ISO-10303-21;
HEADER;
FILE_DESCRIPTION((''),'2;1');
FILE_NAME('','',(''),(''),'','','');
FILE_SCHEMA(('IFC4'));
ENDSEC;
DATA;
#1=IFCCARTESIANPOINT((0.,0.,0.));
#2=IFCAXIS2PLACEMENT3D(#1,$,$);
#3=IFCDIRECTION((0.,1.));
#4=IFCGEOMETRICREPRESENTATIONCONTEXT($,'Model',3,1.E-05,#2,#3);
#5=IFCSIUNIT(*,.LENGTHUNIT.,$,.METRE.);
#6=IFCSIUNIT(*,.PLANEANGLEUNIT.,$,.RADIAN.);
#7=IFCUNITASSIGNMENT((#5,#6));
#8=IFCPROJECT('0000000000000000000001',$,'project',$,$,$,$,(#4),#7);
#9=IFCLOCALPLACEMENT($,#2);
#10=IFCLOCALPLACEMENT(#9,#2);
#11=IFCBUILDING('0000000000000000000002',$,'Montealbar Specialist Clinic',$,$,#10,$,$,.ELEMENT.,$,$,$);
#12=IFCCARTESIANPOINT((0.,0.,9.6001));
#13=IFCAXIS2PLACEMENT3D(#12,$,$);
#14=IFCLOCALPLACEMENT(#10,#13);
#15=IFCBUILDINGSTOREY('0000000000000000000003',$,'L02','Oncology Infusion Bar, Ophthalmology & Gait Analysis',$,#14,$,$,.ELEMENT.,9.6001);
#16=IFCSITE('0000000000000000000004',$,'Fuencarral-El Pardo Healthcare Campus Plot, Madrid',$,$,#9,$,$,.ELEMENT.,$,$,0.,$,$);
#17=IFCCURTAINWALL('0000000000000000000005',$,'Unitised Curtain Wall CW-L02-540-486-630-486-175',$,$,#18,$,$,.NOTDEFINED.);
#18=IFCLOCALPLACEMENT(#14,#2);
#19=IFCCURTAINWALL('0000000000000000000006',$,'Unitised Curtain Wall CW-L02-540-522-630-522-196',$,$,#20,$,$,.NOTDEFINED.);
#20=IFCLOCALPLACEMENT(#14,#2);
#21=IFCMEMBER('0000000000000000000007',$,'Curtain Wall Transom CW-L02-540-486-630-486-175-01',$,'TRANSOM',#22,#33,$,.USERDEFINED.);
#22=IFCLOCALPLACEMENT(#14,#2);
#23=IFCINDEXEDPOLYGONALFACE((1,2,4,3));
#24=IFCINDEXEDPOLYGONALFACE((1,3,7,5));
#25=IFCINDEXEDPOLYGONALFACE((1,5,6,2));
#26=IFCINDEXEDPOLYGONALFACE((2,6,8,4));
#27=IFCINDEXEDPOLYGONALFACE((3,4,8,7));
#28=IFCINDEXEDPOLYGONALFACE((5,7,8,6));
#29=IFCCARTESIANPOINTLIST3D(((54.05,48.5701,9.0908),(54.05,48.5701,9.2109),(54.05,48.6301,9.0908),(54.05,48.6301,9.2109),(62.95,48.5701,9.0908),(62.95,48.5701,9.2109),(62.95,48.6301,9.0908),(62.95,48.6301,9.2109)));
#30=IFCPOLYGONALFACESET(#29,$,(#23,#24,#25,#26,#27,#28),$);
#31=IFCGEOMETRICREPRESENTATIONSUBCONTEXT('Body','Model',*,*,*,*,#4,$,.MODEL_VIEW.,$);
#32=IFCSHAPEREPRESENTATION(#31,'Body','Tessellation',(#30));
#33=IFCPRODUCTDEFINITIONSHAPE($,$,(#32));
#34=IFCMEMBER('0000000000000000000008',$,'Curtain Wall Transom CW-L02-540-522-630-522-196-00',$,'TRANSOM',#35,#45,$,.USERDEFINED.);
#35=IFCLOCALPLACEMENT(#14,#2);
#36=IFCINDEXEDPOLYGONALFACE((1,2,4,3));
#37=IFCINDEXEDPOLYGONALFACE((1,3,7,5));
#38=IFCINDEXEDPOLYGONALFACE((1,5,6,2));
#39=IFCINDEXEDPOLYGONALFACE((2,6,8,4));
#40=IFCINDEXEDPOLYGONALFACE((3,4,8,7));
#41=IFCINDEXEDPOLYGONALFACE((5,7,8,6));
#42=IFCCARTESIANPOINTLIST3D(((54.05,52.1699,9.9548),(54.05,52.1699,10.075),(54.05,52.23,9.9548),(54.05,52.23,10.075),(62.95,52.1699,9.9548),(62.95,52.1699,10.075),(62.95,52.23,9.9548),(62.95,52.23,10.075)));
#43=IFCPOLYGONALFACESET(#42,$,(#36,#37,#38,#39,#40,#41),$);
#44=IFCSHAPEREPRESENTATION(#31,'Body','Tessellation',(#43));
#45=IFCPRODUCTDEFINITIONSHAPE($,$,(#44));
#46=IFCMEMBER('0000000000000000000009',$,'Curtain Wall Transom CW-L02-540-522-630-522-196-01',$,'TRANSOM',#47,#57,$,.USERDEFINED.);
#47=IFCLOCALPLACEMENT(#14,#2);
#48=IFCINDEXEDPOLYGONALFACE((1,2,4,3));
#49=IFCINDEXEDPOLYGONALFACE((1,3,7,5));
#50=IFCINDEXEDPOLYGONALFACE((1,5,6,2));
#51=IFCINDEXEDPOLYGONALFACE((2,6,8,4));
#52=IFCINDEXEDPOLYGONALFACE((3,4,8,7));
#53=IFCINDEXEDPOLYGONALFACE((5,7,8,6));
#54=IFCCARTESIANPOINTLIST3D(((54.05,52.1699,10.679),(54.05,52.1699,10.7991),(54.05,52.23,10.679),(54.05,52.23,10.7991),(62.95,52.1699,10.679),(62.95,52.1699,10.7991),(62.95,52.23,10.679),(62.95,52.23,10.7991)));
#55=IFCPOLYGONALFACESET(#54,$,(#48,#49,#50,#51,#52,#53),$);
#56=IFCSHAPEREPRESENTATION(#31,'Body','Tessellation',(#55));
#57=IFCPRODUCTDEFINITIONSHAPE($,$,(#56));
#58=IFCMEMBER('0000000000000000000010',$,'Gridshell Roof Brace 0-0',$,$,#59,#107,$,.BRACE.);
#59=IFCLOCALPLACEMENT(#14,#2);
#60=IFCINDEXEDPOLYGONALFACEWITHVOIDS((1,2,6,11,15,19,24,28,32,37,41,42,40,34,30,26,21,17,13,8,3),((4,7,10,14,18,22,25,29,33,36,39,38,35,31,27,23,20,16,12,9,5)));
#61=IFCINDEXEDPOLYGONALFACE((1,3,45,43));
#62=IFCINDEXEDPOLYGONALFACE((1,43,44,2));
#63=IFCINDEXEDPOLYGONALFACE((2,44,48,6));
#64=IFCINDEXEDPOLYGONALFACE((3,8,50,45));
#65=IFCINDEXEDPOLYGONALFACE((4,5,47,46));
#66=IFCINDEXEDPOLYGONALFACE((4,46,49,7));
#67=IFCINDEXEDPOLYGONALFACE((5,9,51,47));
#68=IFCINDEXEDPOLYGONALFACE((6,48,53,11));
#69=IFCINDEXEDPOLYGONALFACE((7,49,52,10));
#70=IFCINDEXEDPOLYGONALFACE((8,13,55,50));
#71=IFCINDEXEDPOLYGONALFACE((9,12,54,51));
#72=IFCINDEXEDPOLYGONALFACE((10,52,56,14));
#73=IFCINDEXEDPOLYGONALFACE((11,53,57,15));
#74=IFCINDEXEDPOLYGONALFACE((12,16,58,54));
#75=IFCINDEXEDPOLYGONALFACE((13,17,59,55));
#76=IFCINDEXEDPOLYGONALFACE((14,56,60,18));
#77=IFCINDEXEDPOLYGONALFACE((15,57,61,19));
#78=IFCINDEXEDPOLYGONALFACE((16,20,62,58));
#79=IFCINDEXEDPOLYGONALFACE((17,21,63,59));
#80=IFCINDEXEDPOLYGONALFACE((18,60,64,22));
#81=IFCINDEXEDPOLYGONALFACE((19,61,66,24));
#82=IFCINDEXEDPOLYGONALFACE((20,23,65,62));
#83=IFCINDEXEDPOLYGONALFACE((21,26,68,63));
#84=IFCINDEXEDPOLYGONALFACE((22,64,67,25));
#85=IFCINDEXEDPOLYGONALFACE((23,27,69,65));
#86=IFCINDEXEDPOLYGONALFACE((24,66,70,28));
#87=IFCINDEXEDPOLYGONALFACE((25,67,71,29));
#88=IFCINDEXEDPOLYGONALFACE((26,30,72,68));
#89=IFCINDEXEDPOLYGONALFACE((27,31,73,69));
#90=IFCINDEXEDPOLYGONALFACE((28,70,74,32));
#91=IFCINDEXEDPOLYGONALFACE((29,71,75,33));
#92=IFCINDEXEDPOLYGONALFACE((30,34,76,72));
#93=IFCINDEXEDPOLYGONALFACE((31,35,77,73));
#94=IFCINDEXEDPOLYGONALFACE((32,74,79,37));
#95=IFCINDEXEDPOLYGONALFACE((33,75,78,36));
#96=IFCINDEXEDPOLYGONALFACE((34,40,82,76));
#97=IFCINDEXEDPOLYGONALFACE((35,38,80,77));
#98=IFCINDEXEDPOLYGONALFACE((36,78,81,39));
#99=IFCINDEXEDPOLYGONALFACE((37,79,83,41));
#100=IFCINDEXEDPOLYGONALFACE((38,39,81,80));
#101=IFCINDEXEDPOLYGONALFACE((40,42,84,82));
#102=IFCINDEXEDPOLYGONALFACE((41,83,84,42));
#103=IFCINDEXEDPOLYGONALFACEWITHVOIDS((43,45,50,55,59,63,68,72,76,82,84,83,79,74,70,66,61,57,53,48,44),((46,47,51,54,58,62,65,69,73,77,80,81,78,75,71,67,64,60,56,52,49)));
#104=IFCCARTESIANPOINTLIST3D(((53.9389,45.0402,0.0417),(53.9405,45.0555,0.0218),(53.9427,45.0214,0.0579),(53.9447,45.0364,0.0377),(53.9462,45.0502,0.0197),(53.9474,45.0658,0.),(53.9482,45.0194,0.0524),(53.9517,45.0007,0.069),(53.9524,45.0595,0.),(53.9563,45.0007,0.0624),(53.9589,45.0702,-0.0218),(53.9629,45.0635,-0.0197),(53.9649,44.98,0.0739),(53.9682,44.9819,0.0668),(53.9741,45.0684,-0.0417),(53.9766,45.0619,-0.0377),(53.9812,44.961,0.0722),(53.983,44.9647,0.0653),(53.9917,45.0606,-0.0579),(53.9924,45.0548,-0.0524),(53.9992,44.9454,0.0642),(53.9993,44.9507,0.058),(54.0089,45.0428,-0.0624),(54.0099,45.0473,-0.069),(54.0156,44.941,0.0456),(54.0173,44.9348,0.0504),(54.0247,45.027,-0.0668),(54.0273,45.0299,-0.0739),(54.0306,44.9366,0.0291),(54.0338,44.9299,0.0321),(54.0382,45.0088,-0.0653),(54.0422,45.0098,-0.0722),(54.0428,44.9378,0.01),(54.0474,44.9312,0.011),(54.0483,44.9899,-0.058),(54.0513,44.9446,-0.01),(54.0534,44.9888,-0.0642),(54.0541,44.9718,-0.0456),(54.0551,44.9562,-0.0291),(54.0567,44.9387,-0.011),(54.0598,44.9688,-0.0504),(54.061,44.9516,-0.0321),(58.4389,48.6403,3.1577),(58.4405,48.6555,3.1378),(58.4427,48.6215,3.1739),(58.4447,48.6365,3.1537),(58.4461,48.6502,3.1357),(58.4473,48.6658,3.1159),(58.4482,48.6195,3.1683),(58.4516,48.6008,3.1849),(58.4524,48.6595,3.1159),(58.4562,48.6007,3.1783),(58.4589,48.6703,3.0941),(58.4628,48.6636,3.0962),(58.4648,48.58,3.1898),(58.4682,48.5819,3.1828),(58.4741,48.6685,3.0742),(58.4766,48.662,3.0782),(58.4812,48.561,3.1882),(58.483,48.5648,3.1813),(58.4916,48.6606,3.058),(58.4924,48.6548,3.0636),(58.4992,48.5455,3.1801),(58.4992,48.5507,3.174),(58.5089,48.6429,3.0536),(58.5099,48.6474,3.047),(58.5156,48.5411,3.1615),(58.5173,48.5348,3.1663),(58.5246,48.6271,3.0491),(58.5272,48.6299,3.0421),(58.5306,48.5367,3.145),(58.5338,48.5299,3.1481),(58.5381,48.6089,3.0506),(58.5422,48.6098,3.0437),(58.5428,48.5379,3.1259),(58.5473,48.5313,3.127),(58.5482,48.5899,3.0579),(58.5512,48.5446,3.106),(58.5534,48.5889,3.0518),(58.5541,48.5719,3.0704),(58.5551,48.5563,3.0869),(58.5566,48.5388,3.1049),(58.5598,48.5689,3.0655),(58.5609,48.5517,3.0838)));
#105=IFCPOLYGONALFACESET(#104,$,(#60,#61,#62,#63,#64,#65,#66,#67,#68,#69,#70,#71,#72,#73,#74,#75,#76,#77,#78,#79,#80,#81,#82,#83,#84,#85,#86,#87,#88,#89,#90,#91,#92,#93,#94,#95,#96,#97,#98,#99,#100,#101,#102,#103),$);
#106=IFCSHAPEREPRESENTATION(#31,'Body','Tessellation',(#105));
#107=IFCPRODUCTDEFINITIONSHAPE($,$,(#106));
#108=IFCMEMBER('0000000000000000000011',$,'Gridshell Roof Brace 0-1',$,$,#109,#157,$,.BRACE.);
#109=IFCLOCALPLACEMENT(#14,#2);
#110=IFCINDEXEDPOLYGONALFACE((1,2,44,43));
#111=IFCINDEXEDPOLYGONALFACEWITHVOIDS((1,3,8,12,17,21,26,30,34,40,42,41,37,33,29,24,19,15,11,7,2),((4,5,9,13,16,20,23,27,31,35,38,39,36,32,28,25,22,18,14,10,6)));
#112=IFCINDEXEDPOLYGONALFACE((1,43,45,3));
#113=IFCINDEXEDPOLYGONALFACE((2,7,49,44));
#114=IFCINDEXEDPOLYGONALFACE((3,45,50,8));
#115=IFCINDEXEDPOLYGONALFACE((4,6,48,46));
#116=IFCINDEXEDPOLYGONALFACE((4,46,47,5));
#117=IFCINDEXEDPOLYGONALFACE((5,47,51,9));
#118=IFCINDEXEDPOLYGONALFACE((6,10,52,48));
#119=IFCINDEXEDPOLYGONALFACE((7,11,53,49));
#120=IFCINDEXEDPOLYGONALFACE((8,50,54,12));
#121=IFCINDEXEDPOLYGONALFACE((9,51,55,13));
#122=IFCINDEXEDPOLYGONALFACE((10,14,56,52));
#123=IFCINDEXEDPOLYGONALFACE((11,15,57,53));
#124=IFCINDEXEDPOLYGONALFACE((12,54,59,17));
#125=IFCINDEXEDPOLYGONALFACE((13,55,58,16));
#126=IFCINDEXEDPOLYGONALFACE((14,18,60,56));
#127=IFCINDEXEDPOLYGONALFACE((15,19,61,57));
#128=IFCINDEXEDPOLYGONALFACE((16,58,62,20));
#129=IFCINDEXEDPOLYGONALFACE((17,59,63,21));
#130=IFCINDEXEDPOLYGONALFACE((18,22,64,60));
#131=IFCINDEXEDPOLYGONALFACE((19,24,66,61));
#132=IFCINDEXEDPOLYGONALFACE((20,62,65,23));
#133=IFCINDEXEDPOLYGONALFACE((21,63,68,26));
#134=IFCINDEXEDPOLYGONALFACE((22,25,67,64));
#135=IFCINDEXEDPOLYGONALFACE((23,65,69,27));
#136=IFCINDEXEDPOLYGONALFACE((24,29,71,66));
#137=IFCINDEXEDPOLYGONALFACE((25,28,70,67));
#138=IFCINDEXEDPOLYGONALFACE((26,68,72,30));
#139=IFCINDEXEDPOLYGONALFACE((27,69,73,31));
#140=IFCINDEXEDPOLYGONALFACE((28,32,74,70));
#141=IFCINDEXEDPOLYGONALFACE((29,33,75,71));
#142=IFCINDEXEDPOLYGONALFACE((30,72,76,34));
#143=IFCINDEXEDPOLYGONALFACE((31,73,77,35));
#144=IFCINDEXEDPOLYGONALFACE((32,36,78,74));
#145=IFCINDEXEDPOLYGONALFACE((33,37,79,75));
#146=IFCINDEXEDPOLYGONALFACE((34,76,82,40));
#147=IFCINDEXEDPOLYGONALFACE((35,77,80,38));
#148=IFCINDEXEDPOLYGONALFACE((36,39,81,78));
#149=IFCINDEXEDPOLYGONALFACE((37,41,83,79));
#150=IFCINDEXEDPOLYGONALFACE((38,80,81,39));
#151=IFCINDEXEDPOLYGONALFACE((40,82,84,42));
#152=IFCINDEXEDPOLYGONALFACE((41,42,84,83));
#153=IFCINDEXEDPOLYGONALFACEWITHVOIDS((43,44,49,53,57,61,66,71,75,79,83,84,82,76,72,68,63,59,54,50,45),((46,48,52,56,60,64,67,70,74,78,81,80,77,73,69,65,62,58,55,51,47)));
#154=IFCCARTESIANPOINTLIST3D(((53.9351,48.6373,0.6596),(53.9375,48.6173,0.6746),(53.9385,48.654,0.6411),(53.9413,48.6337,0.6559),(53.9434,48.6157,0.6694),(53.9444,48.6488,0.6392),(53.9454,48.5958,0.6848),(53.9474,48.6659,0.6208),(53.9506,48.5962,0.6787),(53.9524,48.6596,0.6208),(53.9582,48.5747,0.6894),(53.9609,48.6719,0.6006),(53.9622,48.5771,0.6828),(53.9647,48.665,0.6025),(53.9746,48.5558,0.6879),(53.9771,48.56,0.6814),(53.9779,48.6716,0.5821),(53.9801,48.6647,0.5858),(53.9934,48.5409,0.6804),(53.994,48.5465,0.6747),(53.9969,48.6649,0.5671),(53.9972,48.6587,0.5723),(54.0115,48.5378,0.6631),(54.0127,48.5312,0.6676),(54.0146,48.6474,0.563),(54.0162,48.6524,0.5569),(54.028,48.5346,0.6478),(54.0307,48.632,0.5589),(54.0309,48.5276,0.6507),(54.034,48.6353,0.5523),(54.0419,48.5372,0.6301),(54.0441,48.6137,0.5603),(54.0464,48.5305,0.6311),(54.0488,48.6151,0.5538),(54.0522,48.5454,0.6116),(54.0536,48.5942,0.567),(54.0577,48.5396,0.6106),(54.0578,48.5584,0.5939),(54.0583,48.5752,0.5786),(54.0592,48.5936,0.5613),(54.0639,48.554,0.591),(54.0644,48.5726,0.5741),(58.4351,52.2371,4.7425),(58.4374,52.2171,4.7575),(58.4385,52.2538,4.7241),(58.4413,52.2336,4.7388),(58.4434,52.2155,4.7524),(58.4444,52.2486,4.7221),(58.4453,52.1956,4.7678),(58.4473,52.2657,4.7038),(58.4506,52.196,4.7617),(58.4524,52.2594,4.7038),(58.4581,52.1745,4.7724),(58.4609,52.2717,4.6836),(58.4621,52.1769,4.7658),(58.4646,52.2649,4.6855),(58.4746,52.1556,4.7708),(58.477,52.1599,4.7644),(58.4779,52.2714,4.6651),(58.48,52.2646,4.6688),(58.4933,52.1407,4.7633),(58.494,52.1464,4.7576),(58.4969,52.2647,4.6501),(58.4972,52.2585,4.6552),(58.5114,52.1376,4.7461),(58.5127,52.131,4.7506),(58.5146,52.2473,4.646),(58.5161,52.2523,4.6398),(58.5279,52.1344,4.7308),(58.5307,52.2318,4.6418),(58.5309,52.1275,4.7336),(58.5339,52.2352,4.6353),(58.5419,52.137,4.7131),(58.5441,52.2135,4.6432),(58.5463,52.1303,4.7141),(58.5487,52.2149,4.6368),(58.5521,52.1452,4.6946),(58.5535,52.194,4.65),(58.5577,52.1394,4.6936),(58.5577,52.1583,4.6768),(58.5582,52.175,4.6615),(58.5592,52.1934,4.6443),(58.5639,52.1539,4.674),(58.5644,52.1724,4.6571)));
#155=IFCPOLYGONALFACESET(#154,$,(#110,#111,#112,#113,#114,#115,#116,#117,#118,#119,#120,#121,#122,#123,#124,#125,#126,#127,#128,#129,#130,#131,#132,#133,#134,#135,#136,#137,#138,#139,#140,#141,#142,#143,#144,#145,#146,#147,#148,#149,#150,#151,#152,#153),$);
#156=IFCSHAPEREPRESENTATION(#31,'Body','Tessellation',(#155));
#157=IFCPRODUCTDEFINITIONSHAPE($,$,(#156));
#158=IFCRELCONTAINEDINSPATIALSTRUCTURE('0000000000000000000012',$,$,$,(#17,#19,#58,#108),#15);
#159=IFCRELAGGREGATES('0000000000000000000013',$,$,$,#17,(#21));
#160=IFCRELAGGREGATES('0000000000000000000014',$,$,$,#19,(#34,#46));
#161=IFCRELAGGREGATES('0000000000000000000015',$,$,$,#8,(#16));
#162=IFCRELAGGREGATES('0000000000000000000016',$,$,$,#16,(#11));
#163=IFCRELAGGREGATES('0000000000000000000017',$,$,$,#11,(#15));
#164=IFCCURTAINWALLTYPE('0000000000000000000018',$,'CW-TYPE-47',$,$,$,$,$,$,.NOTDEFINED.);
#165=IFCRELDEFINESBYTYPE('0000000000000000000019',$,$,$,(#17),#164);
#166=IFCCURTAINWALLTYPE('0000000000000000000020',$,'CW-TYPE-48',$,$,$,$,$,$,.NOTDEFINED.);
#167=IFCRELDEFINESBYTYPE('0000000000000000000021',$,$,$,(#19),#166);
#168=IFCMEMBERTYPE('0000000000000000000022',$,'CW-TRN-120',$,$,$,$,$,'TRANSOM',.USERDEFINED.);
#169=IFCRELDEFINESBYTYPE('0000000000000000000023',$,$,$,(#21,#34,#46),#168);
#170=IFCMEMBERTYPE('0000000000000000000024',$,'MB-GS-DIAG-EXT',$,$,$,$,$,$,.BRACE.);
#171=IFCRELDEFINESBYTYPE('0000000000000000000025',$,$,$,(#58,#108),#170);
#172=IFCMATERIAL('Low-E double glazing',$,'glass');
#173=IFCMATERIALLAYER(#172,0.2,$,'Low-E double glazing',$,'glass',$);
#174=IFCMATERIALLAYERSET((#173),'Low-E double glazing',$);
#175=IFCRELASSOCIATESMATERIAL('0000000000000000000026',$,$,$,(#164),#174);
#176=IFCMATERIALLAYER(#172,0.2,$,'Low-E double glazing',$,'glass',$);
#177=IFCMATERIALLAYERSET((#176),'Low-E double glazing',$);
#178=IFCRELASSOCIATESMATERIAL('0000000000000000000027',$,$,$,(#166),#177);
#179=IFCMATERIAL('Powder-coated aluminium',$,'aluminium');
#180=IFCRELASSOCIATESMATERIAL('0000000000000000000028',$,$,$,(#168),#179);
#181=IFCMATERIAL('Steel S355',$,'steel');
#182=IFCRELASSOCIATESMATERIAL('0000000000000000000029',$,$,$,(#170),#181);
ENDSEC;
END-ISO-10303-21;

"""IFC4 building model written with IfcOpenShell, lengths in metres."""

from ifc_helpers import new_model, si_unit, direction, frame, origin, origin_2d, place, context, subcontext, project, spatial, rectangle, hollow_circle, extrude, material, layer, layer_set, material_profile, profile_set, type_object, element, aggregate, save


model = new_model("IFC4")

# Units and contexts
model_context = context("Model", 3, precision=1e-05, world=origin(), true_north=direction((0.0, 1.0)))
body_context = subcontext(model_context, "Body", "Model", "MODEL_VIEW")
ifc_project = project(units=[si_unit("LENGTHUNIT", "METRE"), si_unit("PLANEANGLEUNIT", "RADIAN")], contexts=[model_context])

# Site, building, storey
site_placement = place(None, origin())
site = spatial("IfcSite", under=ifc_project, at=site_placement, Name="Fuencarral-El Pardo Healthcare Campus Plot, Madrid", CompositionType="ELEMENT", RefElevation=0.0)
building_placement = place(site_placement, origin())
building = spatial("IfcBuilding", under=site, at=building_placement, Name="Montealbar Specialist Clinic", CompositionType="ELEMENT")
storey_placement = place(building_placement, frame((0.0, 0.0, 9.6001)))
storey = spatial("IfcBuildingStorey", under=building, at=storey_placement, Name="L02", Description="Oncology Infusion Bar, Ophthalmology & Gait Analysis", CompositionType="ELEMENT", Elevation=9.6001)

# Shared definitions
ifc_material_1 = material(Name="Steel S355", Category="steel")

# Curtain walls
ifc_material_2 = material(Name="Low-E double glazing", Category="glass")
ifc_layer_1 = layer(ifc_material_2, 0.2, Name="Low-E double glazing", Category="glass")
ifc_layer_set_1 = layer_set([ifc_layer_1], Name="Low-E double glazing")
curtain_wall_type_1 = type_object("IfcCurtainWallType", Name="CW-TYPE-47", PredefinedType="NOTDEFINED", material=ifc_layer_set_1)
curtain_wall_1_placement = place(storey_placement, origin())
curtain_wall_1 = element("IfcCurtainWall", 1, at=curtain_wall_1_placement, inside=storey, type_object=curtain_wall_type_1, Name="Unitised Curtain Wall CW-L02-540-486-630-486-175", PredefinedType="NOTDEFINED")
ifc_layer_2 = layer(ifc_material_2, 0.2, Name="Low-E double glazing", Category="glass")
ifc_layer_set_2 = layer_set([ifc_layer_2], Name="Low-E double glazing")
curtain_wall_type_2 = type_object("IfcCurtainWallType", Name="CW-TYPE-48", PredefinedType="NOTDEFINED", material=ifc_layer_set_2)
curtain_wall_2_placement = place(storey_placement, origin())
curtain_wall_2 = element("IfcCurtainWall", 2, at=curtain_wall_2_placement, inside=storey, type_object=curtain_wall_type_2, Name="Unitised Curtain Wall CW-L02-540-522-630-522-196", PredefinedType="NOTDEFINED")

# Members
ifc_material_3 = material(Name="Powder-coated aluminium", Category="aluminium")
ifc_material_profile_1 = material_profile(ifc_material_3, rectangle(XDim=0.0601, YDim=0.1201, at=origin_2d()), Name="ALU 60x120", Category="aluminium")
ifc_profile_set_1 = profile_set([ifc_material_profile_1], Name="Powder-coated aluminium")
member_type_1 = type_object("IfcMemberType", Name="CW-TRN-120", ElementType="TRANSOM", PredefinedType="USERDEFINED", material=ifc_profile_set_1)
member_1_placement = place(storey_placement, frame((54.05, 48.6001, 9.1509), z_axis=(1.0, 0.0, 0.0), x_axis=(0.0, 1.0, 0.0)))
member_1 = element("IfcMember", 3, at=member_1_placement, type_object=member_type_1, Name="Curtain Wall Transom CW-L02-540-486-630-486-175-01", ObjectType="TRANSOM", PredefinedType="USERDEFINED", context=body_context, shape_type="SweptSolid", body=[
    extrude(rectangle(XDim=0.0601, YDim=0.1201, at=origin_2d()), origin(), (0.0, 0.0, 1.0), 8.8999),
])
aggregate(curtain_wall_1, [member_1])
member_2_placement = place(storey_placement, frame((54.05, 52.2, 10.0149), z_axis=(1.0, 0.0, 0.0), x_axis=(0.0, 1.0, 0.0)))
member_2 = element("IfcMember", 4, at=member_2_placement, type_object=member_type_1, Name="Curtain Wall Transom CW-L02-540-522-630-522-196-00", ObjectType="TRANSOM", PredefinedType="USERDEFINED", context=body_context, shape_type="SweptSolid", body=[
    extrude(rectangle(XDim=0.0601, YDim=0.1201, at=origin_2d()), origin(), (0.0, 0.0, 1.0), 8.8999),
])
member_3_placement = place(storey_placement, frame((54.05, 52.2, 10.739), z_axis=(1.0, 0.0, 0.0), x_axis=(0.0, 1.0, 0.0)))
member_3 = element("IfcMember", 5, at=member_3_placement, type_object=member_type_1, Name="Curtain Wall Transom CW-L02-540-522-630-522-196-01", ObjectType="TRANSOM", PredefinedType="USERDEFINED", context=body_context, shape_type="SweptSolid", body=[
    extrude(rectangle(XDim=0.0601, YDim=0.1201, at=origin_2d()), origin(), (0.0, 0.0, 1.0), 8.8999),
])
aggregate(curtain_wall_2, [member_2, member_3])

# Members
ifc_material_profile_2 = material_profile(ifc_material_1, hollow_circle(Radius=0.0842, WallThickness=0.0081, at=origin_2d()), Name="CHS 168.3x8.0", Category="steel")
ifc_profile_set_2 = profile_set([ifc_material_profile_2], Name="Steel S355")
member_type_2 = type_object("IfcMemberType", Name="MB-GS-DIAG-EXT", PredefinedType="BRACE", material=ifc_profile_set_2)
member_4_placement = place(storey_placement, frame((54.0, 45.0, 0.0), z_axis=(0.686883, 0.549521, 0.475623), x_axis=(-0.624705, 0.780861, 0.0)))
element("IfcMember", 6, at=member_4_placement, inside=storey, type_object=member_type_2, Name="Gridshell Roof Brace 0-0", PredefinedType="BRACE", context=body_context, shape_type="SweptSolid", body=[
    extrude(hollow_circle(Radius=0.0842, WallThickness=0.0081, at=origin_2d()), origin(), (0.0, 0.0, 1.0), 6.5513),
])
member_5_placement = place(storey_placement, frame((54.0, 48.6001, 0.6208), z_axis=(0.637162, 0.509709, 0.578119), x_axis=(-0.62468, 0.780881, 0.0)))
element("IfcMember", 7, at=member_5_placement, inside=storey, type_object=member_type_2, Name="Gridshell Roof Brace 0-1", PredefinedType="BRACE", context=body_context, shape_type="SweptSolid", body=[
    extrude(hollow_circle(Radius=0.0842, WallThickness=0.0081, at=origin_2d()), origin(), (0.0, 0.0, 1.0), 7.0625),
])

save(model, "model.ifc")
